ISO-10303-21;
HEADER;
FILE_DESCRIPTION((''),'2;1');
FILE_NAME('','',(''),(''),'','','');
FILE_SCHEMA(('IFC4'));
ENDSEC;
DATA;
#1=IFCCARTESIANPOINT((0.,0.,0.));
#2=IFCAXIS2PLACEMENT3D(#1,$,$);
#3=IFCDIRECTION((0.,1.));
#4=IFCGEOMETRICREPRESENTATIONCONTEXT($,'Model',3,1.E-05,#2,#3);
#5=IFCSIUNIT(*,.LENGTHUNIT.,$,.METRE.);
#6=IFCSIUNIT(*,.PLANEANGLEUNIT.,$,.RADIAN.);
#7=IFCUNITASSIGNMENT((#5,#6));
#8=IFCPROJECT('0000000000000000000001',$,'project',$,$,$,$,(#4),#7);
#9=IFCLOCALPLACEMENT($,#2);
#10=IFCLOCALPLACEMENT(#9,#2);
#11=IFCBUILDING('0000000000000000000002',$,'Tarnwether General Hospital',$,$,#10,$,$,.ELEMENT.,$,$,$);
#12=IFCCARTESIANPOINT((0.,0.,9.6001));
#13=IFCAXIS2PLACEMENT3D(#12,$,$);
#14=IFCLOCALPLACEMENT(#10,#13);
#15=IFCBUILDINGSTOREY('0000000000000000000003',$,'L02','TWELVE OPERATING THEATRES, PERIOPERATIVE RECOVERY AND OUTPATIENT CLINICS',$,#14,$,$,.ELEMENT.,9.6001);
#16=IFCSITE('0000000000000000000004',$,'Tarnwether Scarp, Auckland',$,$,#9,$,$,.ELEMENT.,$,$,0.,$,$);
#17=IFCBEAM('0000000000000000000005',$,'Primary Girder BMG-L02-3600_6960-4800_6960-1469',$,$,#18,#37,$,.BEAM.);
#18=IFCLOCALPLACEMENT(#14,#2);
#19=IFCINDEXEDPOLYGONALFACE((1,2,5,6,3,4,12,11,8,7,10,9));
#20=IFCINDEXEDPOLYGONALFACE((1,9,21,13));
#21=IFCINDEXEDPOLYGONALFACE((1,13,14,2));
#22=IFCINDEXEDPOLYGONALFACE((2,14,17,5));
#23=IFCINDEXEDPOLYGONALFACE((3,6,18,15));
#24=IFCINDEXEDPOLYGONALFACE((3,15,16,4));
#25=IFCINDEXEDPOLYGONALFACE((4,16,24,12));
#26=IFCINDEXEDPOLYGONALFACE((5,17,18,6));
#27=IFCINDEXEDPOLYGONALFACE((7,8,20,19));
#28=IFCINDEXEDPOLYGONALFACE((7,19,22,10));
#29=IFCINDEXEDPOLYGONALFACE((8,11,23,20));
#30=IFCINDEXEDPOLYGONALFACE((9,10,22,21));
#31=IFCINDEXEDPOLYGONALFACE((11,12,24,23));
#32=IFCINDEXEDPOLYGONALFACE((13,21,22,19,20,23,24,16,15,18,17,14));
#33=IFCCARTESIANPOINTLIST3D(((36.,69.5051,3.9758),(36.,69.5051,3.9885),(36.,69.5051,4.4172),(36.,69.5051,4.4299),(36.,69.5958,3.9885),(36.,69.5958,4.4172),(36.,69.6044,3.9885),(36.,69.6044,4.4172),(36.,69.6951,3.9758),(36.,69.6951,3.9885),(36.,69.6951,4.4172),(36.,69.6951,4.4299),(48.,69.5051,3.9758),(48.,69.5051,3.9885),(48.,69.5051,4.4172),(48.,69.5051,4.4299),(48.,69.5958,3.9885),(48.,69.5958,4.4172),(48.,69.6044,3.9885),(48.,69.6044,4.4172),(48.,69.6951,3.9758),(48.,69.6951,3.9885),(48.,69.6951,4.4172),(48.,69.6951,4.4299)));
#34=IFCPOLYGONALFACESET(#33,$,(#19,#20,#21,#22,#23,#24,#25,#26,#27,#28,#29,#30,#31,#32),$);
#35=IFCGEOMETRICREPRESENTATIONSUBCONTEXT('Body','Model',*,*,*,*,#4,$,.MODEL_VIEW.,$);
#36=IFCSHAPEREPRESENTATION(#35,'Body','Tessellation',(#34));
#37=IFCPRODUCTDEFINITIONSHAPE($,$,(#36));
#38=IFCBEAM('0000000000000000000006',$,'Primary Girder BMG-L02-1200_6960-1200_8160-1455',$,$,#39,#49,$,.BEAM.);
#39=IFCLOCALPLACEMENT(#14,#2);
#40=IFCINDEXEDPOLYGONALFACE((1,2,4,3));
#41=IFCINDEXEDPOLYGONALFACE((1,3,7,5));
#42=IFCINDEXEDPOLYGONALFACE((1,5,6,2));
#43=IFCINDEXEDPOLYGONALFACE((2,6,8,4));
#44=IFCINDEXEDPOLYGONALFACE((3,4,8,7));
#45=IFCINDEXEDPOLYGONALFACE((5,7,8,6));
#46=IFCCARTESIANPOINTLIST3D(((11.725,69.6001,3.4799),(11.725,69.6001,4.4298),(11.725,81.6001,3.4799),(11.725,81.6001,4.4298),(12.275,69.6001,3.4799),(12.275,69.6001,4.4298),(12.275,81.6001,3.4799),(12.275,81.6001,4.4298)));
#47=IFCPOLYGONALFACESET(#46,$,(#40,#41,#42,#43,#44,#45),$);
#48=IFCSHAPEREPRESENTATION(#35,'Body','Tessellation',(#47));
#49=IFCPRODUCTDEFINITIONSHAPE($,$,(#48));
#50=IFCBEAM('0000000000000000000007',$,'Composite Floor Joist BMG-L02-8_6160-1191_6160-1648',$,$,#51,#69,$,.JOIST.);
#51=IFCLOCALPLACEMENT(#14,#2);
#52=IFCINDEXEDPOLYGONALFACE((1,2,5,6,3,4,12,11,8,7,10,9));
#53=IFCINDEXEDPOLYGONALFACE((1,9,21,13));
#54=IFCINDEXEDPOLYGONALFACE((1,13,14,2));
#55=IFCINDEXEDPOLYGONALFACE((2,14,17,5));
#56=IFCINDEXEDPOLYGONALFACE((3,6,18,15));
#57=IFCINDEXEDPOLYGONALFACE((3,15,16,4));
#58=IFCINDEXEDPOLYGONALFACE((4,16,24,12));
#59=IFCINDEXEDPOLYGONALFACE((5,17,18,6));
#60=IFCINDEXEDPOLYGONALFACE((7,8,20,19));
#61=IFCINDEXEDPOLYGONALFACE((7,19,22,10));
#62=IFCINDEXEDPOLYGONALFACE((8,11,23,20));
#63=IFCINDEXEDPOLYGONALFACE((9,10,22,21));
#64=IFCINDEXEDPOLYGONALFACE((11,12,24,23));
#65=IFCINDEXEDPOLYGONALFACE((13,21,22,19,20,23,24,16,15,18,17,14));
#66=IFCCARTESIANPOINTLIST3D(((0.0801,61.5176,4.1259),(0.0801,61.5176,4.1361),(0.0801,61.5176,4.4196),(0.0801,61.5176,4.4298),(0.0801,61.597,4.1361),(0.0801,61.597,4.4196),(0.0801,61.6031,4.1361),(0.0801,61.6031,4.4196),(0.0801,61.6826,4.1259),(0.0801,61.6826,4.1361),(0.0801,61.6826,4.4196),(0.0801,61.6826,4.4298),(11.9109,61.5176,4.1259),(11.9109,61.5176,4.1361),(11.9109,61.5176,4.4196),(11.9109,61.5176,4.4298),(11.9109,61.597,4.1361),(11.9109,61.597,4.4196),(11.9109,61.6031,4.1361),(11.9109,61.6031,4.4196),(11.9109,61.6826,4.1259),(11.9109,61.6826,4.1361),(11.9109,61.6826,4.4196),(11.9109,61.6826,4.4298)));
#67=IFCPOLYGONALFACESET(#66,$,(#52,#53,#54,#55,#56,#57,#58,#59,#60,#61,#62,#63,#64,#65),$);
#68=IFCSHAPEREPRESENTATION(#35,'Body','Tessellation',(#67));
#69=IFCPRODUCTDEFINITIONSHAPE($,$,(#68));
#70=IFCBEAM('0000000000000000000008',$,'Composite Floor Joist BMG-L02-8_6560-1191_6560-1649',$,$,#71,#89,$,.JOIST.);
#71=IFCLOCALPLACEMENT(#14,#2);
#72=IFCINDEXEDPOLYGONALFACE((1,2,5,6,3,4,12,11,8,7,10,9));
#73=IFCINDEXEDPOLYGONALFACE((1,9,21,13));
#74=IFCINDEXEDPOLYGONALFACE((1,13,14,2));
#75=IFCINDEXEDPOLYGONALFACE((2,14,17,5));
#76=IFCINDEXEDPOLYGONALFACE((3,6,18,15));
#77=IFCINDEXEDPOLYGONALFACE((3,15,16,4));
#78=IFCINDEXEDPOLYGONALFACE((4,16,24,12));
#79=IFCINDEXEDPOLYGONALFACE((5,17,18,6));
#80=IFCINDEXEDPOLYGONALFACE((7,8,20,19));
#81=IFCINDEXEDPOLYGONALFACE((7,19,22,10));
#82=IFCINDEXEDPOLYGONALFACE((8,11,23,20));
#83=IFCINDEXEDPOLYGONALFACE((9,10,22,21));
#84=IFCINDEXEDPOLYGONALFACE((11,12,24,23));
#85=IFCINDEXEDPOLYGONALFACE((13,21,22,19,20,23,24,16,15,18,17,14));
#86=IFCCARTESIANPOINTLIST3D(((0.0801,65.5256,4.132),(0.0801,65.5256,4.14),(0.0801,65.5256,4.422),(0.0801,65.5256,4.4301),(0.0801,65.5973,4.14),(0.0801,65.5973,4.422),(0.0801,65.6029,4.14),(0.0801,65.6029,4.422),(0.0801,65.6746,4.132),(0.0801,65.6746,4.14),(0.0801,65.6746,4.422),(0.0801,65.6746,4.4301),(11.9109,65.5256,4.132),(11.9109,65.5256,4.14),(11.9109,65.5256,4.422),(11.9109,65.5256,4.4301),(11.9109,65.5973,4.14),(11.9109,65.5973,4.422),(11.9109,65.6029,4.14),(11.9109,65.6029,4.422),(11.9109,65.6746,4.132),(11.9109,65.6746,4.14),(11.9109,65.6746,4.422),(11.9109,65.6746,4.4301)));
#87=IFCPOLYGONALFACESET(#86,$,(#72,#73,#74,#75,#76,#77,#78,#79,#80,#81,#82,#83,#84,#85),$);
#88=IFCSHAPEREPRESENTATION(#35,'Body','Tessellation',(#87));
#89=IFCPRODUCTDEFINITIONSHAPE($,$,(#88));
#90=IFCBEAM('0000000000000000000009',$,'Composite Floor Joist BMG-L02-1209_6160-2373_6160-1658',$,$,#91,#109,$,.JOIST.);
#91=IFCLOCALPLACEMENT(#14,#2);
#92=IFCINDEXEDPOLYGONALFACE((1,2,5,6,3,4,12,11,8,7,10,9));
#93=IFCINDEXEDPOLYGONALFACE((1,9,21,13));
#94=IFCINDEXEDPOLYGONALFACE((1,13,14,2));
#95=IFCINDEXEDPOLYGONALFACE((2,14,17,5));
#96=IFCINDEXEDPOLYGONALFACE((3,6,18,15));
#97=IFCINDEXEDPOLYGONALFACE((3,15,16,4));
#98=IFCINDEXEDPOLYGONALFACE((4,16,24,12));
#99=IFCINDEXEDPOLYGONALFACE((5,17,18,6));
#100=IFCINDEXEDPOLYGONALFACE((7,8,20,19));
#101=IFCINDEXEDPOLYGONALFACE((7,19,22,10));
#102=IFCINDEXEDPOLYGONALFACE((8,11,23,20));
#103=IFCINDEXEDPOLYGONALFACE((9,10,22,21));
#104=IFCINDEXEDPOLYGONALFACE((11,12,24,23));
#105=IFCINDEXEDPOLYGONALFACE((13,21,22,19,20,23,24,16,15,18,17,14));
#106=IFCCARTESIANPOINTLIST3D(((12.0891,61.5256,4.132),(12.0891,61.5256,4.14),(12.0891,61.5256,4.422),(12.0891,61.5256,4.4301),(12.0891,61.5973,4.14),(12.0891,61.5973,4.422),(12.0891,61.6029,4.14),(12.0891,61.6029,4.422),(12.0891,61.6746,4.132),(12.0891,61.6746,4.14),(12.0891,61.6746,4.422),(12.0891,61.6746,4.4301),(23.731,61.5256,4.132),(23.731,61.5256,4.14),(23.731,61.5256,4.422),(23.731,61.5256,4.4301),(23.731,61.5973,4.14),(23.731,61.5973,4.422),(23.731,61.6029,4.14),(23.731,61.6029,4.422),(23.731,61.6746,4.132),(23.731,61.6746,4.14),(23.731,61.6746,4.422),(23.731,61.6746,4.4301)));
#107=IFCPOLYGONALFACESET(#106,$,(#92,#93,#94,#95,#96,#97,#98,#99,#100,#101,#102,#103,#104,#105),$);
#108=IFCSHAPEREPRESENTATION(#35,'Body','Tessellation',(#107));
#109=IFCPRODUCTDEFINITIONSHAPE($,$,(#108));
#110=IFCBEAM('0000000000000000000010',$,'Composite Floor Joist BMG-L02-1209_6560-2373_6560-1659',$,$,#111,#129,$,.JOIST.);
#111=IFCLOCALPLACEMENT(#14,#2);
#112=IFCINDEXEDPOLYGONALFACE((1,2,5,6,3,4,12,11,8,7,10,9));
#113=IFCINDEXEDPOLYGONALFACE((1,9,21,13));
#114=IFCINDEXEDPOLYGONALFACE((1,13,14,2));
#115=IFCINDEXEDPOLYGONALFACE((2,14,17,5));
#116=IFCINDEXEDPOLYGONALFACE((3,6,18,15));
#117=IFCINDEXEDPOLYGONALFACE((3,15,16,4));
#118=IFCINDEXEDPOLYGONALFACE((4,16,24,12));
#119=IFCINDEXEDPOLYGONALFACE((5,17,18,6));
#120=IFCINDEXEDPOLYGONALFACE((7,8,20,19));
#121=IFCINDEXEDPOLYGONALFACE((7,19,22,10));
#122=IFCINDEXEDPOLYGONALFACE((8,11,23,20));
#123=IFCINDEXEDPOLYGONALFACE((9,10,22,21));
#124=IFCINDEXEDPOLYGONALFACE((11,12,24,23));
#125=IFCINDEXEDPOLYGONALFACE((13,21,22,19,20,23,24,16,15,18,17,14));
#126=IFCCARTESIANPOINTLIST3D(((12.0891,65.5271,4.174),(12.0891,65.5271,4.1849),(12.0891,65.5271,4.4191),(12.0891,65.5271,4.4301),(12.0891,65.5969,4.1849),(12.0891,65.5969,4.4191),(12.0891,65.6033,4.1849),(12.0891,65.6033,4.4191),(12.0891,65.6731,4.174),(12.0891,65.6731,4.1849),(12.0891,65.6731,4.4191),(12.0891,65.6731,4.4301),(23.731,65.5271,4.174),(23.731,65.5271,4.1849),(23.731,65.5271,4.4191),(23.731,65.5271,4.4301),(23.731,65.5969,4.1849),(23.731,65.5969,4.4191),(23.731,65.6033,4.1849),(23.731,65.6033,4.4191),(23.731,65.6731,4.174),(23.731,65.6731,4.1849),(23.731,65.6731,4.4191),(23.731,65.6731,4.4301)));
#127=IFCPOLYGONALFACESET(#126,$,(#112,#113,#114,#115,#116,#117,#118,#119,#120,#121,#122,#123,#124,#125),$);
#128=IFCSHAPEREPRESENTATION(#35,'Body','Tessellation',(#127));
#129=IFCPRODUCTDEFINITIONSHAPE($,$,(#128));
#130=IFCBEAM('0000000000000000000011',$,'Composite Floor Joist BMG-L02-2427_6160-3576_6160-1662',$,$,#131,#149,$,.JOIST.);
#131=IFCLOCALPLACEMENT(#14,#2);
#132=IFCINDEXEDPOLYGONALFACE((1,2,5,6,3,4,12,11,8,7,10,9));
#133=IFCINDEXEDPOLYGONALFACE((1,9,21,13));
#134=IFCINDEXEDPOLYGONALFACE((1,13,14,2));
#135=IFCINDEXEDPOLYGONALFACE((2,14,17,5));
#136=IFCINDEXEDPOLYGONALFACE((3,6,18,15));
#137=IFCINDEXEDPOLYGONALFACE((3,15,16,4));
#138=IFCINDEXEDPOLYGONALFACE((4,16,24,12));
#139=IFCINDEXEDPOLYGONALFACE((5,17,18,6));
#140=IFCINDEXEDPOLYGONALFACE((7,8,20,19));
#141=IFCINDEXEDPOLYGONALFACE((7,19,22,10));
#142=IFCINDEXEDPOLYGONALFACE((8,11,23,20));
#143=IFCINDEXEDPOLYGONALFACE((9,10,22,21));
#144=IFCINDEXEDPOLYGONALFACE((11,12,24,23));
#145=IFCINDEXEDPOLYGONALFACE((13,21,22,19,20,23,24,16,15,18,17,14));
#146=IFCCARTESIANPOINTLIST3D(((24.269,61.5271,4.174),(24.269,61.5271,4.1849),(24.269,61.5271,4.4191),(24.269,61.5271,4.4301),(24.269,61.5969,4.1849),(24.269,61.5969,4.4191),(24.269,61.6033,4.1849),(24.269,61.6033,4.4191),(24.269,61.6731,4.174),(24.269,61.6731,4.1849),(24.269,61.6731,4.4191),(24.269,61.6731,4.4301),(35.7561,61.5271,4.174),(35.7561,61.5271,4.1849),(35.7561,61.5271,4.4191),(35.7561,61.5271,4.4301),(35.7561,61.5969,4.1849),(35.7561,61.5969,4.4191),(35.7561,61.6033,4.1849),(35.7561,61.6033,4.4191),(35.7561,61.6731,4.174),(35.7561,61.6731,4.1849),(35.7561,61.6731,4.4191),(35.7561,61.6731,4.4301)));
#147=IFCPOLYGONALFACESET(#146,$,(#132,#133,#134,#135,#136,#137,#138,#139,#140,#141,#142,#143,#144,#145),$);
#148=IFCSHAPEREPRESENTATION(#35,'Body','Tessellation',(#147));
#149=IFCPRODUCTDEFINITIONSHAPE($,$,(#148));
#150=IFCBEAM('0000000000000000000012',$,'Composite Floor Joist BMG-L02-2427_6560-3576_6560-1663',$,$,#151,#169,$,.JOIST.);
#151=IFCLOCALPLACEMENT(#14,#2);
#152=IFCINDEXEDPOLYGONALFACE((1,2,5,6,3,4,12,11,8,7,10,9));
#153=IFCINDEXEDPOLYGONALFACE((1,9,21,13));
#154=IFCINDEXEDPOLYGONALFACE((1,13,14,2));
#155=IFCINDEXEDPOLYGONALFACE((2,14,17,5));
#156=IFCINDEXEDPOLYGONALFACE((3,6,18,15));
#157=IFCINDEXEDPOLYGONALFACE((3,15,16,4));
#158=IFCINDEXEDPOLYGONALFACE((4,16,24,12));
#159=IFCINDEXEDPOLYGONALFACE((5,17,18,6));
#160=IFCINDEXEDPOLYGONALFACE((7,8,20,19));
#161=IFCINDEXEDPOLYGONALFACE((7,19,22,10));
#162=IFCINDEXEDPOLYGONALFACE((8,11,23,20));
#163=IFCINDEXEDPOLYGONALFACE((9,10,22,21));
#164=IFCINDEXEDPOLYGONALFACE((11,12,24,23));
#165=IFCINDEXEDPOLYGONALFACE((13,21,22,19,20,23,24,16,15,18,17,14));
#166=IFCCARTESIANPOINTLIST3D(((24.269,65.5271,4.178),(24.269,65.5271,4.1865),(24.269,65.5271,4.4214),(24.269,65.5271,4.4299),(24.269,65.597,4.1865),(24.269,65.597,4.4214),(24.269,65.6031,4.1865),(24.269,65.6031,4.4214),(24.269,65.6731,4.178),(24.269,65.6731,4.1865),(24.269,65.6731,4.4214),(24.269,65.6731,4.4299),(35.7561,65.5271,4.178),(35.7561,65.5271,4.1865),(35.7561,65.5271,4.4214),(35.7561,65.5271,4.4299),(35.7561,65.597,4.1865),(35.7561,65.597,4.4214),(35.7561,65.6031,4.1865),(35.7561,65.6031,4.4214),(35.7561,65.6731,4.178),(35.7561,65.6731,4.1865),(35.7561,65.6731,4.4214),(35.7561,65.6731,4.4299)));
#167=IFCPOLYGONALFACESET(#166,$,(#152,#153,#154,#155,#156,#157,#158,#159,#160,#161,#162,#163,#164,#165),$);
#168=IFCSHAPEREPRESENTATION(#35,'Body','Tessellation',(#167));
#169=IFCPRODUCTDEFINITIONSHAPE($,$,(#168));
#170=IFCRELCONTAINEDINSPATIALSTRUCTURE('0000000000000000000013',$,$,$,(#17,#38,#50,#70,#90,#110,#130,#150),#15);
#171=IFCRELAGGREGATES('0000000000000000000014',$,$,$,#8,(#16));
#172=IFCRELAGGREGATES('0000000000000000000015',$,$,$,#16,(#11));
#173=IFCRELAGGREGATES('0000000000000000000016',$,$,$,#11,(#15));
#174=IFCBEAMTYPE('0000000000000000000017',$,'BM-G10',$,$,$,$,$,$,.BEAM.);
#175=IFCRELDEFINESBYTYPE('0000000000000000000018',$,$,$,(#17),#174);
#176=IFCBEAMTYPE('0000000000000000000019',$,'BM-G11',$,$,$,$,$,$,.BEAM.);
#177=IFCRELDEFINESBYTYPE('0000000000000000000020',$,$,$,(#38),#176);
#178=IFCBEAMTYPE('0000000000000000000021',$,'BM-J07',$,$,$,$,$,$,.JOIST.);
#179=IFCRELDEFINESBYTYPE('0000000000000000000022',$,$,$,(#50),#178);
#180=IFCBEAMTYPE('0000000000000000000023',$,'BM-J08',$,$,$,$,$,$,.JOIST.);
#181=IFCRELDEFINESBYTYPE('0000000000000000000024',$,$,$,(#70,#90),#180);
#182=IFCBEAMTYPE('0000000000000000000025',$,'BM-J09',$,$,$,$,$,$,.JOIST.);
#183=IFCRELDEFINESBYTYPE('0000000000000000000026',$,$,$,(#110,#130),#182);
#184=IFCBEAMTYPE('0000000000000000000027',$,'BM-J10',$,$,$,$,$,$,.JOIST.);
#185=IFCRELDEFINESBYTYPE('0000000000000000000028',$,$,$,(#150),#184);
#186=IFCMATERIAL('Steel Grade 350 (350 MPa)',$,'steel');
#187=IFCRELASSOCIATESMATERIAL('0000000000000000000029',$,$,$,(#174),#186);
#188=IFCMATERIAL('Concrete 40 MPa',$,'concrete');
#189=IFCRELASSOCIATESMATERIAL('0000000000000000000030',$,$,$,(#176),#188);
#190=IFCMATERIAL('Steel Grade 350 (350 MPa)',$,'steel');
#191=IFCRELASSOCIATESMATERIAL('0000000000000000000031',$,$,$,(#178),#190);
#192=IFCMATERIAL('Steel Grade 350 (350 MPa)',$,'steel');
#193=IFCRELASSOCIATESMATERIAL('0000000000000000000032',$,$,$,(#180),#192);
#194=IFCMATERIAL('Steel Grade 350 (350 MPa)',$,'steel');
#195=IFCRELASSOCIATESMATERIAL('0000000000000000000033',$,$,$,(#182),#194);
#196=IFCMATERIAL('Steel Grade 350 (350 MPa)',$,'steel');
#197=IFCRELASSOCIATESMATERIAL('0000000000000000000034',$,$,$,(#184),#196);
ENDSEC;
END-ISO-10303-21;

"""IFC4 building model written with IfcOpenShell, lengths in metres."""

from ifc_helpers import new_model, si_unit, direction, frame, origin, origin_2d, place, context, subcontext, project, spatial, rectangle, i_section, extrude, material, material_profile, profile_set, type_object, element, save


model = new_model("IFC4")

# Units and contexts
model_context = context("Model", 3, precision=1e-05, world=origin(), true_north=direction((0.0, 1.0)))
body_context = subcontext(model_context, "Body", "Model", "MODEL_VIEW")
ifc_project = project(units=[si_unit("LENGTHUNIT", "METRE"), si_unit("PLANEANGLEUNIT", "RADIAN")], contexts=[model_context])

# Site, building, storey
site_placement = place(None, origin())
site = spatial("IfcSite", under=ifc_project, at=site_placement, Name="Tarnwether Scarp, Auckland", CompositionType="ELEMENT", RefElevation=0.0)
building_placement = place(site_placement, origin())
building = spatial("IfcBuilding", under=site, at=building_placement, Name="Tarnwether General Hospital", CompositionType="ELEMENT")
storey_placement = place(building_placement, frame((0.0, 0.0, 9.6001)))
storey = spatial("IfcBuildingStorey", under=building, at=storey_placement, Name="L02", Description="TWELVE OPERATING THEATRES, PERIOPERATIVE RECOVERY AND OUTPATIENT CLINICS", CompositionType="ELEMENT", Elevation=9.6001)

# Beams
ifc_material_1 = material(Name="Steel Grade 350 (350 MPa)", Category="steel")
ifc_material_profile_1 = material_profile(ifc_material_1, i_section(OverallWidth=0.1899, OverallDepth=0.4541, WebThickness=0.0085, FlangeThickness=0.0127, at=origin_2d()), Name="460UB67.1")
ifc_profile_set_1 = profile_set([ifc_material_profile_1], Name="Steel Grade 350 (350 MPa)")
beam_type_1 = type_object("IfcBeamType", Name="BM-G10", PredefinedType="BEAM", material=ifc_profile_set_1)
beam_1_placement = place(storey_placement, frame((36.0, 69.6001, 4.2029), z_axis=(1.0, 0.0, 0.0), x_axis=(0.0, 1.0, 0.0)))
element("IfcBeam", 1, at=beam_1_placement, inside=storey, type_object=beam_type_1, Name="Primary Girder BMG-L02-3600_6960-4800_6960-1469", PredefinedType="BEAM", context=body_context, shape_type="SweptSolid", body=[
    extrude(i_section(OverallWidth=0.1899, OverallDepth=0.4541, WebThickness=0.0085, FlangeThickness=0.0127, at=origin_2d()), origin(), (0.0, 0.0, 1.0), 12.0),
])
ifc_material_2 = material(Name="Concrete 40 MPa", Category="concrete")
ifc_material_profile_2 = material_profile(ifc_material_2, rectangle(XDim=0.55, YDim=0.95, at=origin_2d()), Name="RC-BM-550x950")
ifc_profile_set_2 = profile_set([ifc_material_profile_2], Name="Concrete 40 MPa")
beam_type_2 = type_object("IfcBeamType", Name="BM-G11", PredefinedType="BEAM", material=ifc_profile_set_2)
beam_2_placement = place(storey_placement, frame((12.0, 69.6001, 3.9548), z_axis=(0.0, 1.0, 0.0), x_axis=(-1.0, 0.0, 0.0)))
element("IfcBeam", 2, at=beam_2_placement, inside=storey, type_object=beam_type_2, Name="Primary Girder BMG-L02-1200_6960-1200_8160-1455", PredefinedType="BEAM", context=body_context, shape_type="SweptSolid", body=[
    extrude(rectangle(XDim=0.55, YDim=0.95, at=origin_2d()), origin(), (0.0, 0.0, 1.0), 12.0),
])
ifc_material_3 = material(Name="Steel Grade 350 (350 MPa)", Category="steel")
ifc_material_profile_3 = material_profile(ifc_material_3, i_section(OverallWidth=0.165, OverallDepth=0.304, WebThickness=0.0061, FlangeThickness=0.0103, at=origin_2d()), Name="310UB40.4")
ifc_profile_set_3 = profile_set([ifc_material_profile_3], Name="Steel Grade 350 (350 MPa)")
beam_type_3 = type_object("IfcBeamType", Name="BM-J07", PredefinedType="JOIST", material=ifc_profile_set_3)
beam_3_placement = place(storey_placement, frame((0.0801, 61.6001, 4.2778), z_axis=(1.0, 0.0, 0.0), x_axis=(0.0, 1.0, 0.0)))
element("IfcBeam", 3, at=beam_3_placement, inside=storey, type_object=beam_type_3, Name="Composite Floor Joist BMG-L02-8_6160-1191_6160-1648", PredefinedType="JOIST", context=body_context, shape_type="SweptSolid", body=[
    extrude(i_section(OverallWidth=0.165, OverallDepth=0.304, WebThickness=0.0061, FlangeThickness=0.0103, at=origin_2d()), origin(), (0.0, 0.0, 1.0), 11.8308),
])
ifc_material_4 = material(Name="Steel Grade 350 (350 MPa)", Category="steel")
ifc_material_profile_4 = material_profile(ifc_material_4, i_section(OverallWidth=0.1489, OverallDepth=0.2981, WebThickness=0.0056, FlangeThickness=0.0081, at=origin_2d()), Name="310UB32.0")
ifc_profile_set_4 = profile_set([ifc_material_profile_4], Name="Steel Grade 350 (350 MPa)")
beam_type_4 = type_object("IfcBeamType", Name="BM-J08", PredefinedType="JOIST", material=ifc_profile_set_4)
beam_4_placement = place(storey_placement, frame((0.0801, 65.6001, 4.281), z_axis=(1.0, 0.0, 0.0), x_axis=(0.0, 1.0, 0.0)))
element("IfcBeam", 4, at=beam_4_placement, inside=storey, type_object=beam_type_4, Name="Composite Floor Joist BMG-L02-8_6560-1191_6560-1649", PredefinedType="JOIST", context=body_context, shape_type="SweptSolid", body=[
    extrude(i_section(OverallWidth=0.1489, OverallDepth=0.2981, WebThickness=0.0056, FlangeThickness=0.0081, at=origin_2d()), origin(), (0.0, 0.0, 1.0), 11.8308),
])
beam_5_placement = place(storey_placement, frame((12.0891, 61.6001, 4.281), z_axis=(1.0, 0.0, 0.0), x_axis=(0.0, 1.0, 0.0)))
element("IfcBeam", 5, at=beam_5_placement, inside=storey, type_object=beam_type_4, Name="Composite Floor Joist BMG-L02-1209_6160-2373_6160-1658", PredefinedType="JOIST", context=body_context, shape_type="SweptSolid", body=[
    extrude(i_section(OverallWidth=0.1489, OverallDepth=0.2981, WebThickness=0.0056, FlangeThickness=0.0081, at=origin_2d()), origin(), (0.0, 0.0, 1.0), 11.6418),
])
ifc_material_5 = material(Name="Steel Grade 350 (350 MPa)", Category="steel")
ifc_material_profile_5 = material_profile(ifc_material_5, i_section(OverallWidth=0.146, OverallDepth=0.2561, WebThickness=0.0063, FlangeThickness=0.011, at=origin_2d()), Name="250UB37.3")
ifc_profile_set_5 = profile_set([ifc_material_profile_5], Name="Steel Grade 350 (350 MPa)")
beam_type_5 = type_object("IfcBeamType", Name="BM-J09", PredefinedType="JOIST", material=ifc_profile_set_5)
beam_6_placement = place(storey_placement, frame((12.0891, 65.6001, 4.302), z_axis=(1.0, 0.0, 0.0), x_axis=(0.0, 1.0, 0.0)))
element("IfcBeam", 6, at=beam_6_placement, inside=storey, type_object=beam_type_5, Name="Composite Floor Joist BMG-L02-1209_6560-2373_6560-1659", PredefinedType="JOIST", context=body_context, shape_type="SweptSolid", body=[
    extrude(i_section(OverallWidth=0.146, OverallDepth=0.2561, WebThickness=0.0063, FlangeThickness=0.011, at=origin_2d()), origin(), (0.0, 0.0, 1.0), 11.6418),
])
beam_7_placement = place(storey_placement, frame((24.269, 61.6001, 4.302), z_axis=(1.0, 0.0, 0.0), x_axis=(0.0, 1.0, 0.0)))
element("IfcBeam", 7, at=beam_7_placement, inside=storey, type_object=beam_type_5, Name="Composite Floor Joist BMG-L02-2427_6160-3576_6160-1662", PredefinedType="JOIST", context=body_context, shape_type="SweptSolid", body=[
    extrude(i_section(OverallWidth=0.146, OverallDepth=0.2561, WebThickness=0.0063, FlangeThickness=0.011, at=origin_2d()), origin(), (0.0, 0.0, 1.0), 11.4871),
])
ifc_material_6 = material(Name="Steel Grade 350 (350 MPa)", Category="steel")
ifc_material_profile_6 = material_profile(ifc_material_6, i_section(OverallWidth=0.146, OverallDepth=0.252, WebThickness=0.0061, FlangeThickness=0.0085, at=origin_2d()), Name="250UB31.4")
ifc_profile_set_6 = profile_set([ifc_material_profile_6], Name="Steel Grade 350 (350 MPa)")
beam_type_6 = type_object("IfcBeamType", Name="BM-J10", PredefinedType="JOIST", material=ifc_profile_set_6)
beam_8_placement = place(storey_placement, frame((24.269, 65.6001, 4.304), z_axis=(1.0, 0.0, 0.0), x_axis=(0.0, 1.0, 0.0)))
element("IfcBeam", 8, at=beam_8_placement, inside=storey, type_object=beam_type_6, Name="Composite Floor Joist BMG-L02-2427_6560-3576_6560-1663", PredefinedType="JOIST", context=body_context, shape_type="SweptSolid", body=[
    extrude(i_section(OverallWidth=0.146, OverallDepth=0.252, WebThickness=0.0061, FlangeThickness=0.0085, at=origin_2d()), origin(), (0.0, 0.0, 1.0), 11.4871),
])

save(model, "model.ifc")
